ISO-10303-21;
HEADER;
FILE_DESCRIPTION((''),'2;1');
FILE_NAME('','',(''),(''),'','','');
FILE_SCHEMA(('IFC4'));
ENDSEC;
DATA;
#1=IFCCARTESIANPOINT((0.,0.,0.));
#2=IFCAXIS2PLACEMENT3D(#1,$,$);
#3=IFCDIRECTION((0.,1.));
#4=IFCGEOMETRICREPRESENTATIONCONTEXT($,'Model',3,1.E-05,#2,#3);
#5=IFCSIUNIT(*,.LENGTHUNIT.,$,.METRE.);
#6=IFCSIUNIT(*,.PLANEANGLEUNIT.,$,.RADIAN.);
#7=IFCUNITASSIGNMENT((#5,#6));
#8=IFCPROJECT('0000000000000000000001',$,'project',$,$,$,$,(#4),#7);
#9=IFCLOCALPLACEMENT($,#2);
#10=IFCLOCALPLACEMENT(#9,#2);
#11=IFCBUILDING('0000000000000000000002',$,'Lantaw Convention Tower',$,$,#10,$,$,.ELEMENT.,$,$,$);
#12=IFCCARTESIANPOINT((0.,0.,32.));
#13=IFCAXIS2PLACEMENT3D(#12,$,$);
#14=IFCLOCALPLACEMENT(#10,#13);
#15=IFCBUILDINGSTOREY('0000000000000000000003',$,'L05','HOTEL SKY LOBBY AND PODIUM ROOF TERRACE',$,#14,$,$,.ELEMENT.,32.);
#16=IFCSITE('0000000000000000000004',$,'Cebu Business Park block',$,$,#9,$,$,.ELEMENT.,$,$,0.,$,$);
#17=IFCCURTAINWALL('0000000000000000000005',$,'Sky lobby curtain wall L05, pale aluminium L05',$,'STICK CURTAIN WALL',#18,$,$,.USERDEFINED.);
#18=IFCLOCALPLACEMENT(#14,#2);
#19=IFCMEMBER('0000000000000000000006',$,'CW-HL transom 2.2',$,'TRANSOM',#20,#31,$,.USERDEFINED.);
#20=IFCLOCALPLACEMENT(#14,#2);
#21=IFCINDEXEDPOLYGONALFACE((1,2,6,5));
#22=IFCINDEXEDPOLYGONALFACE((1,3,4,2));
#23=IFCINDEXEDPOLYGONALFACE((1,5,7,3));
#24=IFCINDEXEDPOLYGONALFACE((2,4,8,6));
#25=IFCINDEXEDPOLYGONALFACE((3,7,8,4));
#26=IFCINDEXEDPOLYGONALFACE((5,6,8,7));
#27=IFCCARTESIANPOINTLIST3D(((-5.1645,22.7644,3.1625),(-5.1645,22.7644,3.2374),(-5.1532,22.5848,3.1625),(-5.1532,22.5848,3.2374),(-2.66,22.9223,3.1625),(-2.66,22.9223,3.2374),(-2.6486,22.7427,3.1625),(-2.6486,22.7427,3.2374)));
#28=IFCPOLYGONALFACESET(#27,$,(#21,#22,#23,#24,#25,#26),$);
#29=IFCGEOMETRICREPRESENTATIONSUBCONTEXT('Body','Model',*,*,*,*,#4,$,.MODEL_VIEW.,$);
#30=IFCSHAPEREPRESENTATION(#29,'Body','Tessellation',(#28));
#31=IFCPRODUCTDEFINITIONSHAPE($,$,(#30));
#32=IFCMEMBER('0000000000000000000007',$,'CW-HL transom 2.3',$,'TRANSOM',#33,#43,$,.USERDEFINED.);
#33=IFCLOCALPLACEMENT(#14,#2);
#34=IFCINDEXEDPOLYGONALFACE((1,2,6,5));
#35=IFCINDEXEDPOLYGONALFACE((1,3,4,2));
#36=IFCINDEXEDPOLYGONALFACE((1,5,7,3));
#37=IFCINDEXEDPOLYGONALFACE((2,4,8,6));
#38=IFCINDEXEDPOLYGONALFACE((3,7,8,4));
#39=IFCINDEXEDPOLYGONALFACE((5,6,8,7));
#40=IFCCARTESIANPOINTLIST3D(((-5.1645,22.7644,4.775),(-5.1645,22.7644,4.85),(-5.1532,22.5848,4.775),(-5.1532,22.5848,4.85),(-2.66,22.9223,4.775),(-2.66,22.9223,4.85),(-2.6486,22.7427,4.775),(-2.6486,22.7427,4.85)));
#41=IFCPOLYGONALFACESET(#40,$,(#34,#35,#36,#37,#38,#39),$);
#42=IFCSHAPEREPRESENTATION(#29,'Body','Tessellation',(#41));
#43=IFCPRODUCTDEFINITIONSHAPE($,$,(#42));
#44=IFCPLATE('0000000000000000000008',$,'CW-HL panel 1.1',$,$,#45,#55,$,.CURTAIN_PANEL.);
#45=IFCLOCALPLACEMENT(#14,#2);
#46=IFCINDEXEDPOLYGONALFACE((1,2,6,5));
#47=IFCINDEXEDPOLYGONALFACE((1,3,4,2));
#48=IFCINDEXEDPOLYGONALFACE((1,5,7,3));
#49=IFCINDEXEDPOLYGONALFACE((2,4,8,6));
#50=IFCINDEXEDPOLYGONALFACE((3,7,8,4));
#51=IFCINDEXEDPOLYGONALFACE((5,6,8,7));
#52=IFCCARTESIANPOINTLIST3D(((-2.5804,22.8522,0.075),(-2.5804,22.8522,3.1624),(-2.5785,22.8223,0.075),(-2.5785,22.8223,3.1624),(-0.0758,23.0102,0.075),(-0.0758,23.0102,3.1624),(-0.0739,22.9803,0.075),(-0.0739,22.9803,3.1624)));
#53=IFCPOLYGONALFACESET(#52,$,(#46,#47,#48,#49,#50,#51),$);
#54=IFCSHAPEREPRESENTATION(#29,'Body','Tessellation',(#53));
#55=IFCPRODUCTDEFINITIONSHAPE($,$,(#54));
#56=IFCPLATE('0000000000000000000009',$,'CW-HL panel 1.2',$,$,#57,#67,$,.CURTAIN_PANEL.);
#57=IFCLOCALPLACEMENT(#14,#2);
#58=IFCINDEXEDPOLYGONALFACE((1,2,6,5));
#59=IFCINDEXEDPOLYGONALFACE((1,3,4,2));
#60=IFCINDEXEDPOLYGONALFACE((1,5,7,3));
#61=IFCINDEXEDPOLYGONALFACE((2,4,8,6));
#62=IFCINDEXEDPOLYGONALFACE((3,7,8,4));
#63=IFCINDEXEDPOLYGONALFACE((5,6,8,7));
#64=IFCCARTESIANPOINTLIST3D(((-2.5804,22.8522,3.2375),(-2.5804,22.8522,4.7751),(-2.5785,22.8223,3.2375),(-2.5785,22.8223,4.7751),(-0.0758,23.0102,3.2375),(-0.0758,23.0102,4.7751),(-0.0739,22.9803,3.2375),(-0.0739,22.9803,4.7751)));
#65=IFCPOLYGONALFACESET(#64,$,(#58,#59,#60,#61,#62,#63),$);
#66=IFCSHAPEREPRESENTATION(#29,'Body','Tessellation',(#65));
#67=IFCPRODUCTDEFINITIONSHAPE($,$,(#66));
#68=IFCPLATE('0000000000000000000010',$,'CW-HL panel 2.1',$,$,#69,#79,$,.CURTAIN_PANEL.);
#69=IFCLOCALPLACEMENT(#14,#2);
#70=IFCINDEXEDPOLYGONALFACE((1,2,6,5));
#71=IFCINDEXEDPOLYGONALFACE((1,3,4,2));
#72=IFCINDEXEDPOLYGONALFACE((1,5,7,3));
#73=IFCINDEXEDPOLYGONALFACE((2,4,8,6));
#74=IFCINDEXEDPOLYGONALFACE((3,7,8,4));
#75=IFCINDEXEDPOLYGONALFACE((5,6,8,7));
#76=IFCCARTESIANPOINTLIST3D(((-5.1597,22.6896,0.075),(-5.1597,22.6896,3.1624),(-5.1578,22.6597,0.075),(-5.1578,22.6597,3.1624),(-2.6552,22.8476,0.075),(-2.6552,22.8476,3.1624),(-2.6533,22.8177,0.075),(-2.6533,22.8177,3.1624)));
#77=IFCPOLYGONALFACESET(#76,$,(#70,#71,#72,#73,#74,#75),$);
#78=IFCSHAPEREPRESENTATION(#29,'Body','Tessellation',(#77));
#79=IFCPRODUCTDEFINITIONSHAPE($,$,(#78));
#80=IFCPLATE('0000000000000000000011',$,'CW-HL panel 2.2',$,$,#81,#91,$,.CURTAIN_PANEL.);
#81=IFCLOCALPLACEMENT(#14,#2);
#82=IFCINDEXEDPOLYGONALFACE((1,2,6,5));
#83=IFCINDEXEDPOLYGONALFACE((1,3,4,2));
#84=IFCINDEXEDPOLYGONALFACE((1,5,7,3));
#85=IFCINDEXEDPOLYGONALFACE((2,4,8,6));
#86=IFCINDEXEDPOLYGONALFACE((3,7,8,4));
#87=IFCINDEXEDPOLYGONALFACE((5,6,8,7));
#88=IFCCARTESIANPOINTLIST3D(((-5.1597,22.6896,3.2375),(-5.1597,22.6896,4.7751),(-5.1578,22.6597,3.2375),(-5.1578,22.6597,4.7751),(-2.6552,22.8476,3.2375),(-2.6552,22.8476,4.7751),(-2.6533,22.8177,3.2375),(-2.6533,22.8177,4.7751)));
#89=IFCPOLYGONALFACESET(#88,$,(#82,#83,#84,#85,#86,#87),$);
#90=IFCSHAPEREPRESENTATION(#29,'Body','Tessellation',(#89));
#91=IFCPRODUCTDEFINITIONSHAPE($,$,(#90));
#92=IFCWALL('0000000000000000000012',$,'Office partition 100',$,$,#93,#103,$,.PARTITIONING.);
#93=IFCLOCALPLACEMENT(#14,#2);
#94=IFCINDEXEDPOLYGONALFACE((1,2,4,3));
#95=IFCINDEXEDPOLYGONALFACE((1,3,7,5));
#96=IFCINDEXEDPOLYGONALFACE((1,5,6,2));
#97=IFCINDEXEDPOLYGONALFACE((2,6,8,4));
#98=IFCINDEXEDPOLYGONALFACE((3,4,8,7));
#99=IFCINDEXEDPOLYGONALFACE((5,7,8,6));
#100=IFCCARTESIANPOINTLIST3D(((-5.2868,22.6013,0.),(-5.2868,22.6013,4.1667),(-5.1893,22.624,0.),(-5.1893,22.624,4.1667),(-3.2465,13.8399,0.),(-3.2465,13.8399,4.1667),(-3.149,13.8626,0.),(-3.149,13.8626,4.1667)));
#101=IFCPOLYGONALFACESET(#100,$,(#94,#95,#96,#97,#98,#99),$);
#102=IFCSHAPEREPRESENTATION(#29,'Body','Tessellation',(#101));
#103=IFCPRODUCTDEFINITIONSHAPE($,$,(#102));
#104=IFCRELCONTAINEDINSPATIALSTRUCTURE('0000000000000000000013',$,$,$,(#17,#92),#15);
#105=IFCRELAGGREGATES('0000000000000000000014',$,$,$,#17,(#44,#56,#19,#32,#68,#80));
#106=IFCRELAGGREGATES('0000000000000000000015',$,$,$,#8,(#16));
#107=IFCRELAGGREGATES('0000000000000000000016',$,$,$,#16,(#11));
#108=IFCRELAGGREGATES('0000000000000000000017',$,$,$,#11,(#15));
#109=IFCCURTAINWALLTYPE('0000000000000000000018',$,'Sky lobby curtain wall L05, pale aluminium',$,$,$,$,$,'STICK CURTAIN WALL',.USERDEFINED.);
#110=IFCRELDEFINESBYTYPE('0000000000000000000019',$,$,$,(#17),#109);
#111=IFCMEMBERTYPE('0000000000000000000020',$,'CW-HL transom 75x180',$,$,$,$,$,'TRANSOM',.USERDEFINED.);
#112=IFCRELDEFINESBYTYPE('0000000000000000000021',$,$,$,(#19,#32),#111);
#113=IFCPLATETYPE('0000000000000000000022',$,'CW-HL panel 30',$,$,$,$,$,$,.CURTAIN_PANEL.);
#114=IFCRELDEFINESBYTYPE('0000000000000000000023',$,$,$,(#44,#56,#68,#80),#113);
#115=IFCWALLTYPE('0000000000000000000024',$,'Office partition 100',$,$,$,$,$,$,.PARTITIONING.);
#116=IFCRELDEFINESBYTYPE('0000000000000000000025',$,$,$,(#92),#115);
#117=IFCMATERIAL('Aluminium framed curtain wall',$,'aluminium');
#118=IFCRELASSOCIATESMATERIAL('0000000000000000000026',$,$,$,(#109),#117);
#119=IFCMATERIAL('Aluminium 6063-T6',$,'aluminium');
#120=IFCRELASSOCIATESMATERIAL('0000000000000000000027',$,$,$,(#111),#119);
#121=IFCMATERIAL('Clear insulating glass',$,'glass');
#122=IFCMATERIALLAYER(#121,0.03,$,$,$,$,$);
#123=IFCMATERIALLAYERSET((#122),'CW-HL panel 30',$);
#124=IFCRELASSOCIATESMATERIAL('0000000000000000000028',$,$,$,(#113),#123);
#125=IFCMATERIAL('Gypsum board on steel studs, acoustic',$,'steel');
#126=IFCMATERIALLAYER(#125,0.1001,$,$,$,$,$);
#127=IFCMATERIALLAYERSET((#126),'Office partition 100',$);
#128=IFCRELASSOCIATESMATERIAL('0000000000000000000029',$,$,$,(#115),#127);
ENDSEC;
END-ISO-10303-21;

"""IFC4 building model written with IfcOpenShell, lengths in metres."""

from ifc_helpers import new_model, si_unit, direction, frame, frame_2d, origin, origin_2d, place, context, subcontext, project, spatial, rectangle, extrude, material, layer, layer_set, material_profile, profile_set, type_object, element, aggregate, save


model = new_model("IFC4")

# Units and contexts
model_context = context("Model", 3, precision=1e-05, world=origin(), true_north=direction((0.0, 1.0)))
body_context = subcontext(model_context, "Body", "Model", "MODEL_VIEW")
ifc_project = project(units=[si_unit("LENGTHUNIT", "METRE"), si_unit("PLANEANGLEUNIT", "RADIAN")], contexts=[model_context])

# Site, building, storey
site_placement = place(None, origin())
site = spatial("IfcSite", under=ifc_project, at=site_placement, Name="Cebu Business Park block", CompositionType="ELEMENT", RefElevation=0.0)
building_placement = place(site_placement, origin())
building = spatial("IfcBuilding", under=site, at=building_placement, Name="Lantaw Convention Tower", CompositionType="ELEMENT")
storey_placement = place(building_placement, frame((0.0, 0.0, 32.0)))
storey = spatial("IfcBuildingStorey", under=building, at=storey_placement, Name="L05", Description="HOTEL SKY LOBBY AND PODIUM ROOF TERRACE", CompositionType="ELEMENT", Elevation=32.0)

# Curtain wall, members, plates
ifc_material_1 = material(Name="Aluminium framed curtain wall", Category="aluminium")
curtain_wall_type = type_object("IfcCurtainWallType", Name="Sky lobby curtain wall L05, pale aluminium", ElementType="STICK CURTAIN WALL", PredefinedType="USERDEFINED", material=ifc_material_1)
curtain_wall_placement = place(storey_placement, origin())
curtain_wall = element("IfcCurtainWall", 1, at=curtain_wall_placement, inside=storey, type_object=curtain_wall_type, Name="Sky lobby curtain wall L05, pale aluminium L05", ObjectType="STICK CURTAIN WALL", PredefinedType="USERDEFINED")
ifc_material_2 = material(Name="Aluminium 6063-T6", Category="aluminium")
ifc_material_profile_1 = material_profile(ifc_material_2, rectangle(XDim=0.1799, YDim=0.075, at=origin_2d()), Name="CW-HL transom 75x180")
ifc_profile_set_1 = profile_set([ifc_material_profile_1], Name="Aluminium 6063-T6")
member_type_1 = type_object("IfcMemberType", Name="CW-HL transom 75x180", ElementType="TRANSOM", PredefinedType="USERDEFINED", material=ifc_profile_set_1)
member_1_placement = place(storey_placement, frame((-2.6543, 22.8325, 3.2), z_axis=(-0.998017, -0.062942, 0.0), x_axis=(0.062942, -0.998017, 0.0)))
member_1 = element("IfcMember", 2, at=member_1_placement, type_object=member_type_1, Name="CW-HL transom 2.2", ObjectType="TRANSOM", PredefinedType="USERDEFINED", context=body_context, shape_type="SweptSolid", body=[
    extrude(rectangle(XDim=0.1799, YDim=0.075, at=origin_2d()), origin(), (0.0, 0.0, 1.0), 2.5095),
])
member_2_placement = place(storey_placement, frame((-2.6543, 22.8325, 4.8125), z_axis=(-0.998017, -0.062942, 0.0), x_axis=(0.062942, -0.998017, 0.0)))
member_2 = element("IfcMember", 3, at=member_2_placement, type_object=member_type_1, Name="CW-HL transom 2.3", ObjectType="TRANSOM", PredefinedType="USERDEFINED", context=body_context, shape_type="SweptSolid", body=[
    extrude(rectangle(XDim=0.1799, YDim=0.075, at=origin_2d()), origin(), (0.0, 0.0, 1.0), 2.5095),
])
ifc_material_3 = material(Name="Clear insulating glass", Category="glass")
ifc_layer_1 = layer(ifc_material_3, 0.03)
ifc_layer_set_1 = layer_set([ifc_layer_1], Name="CW-HL panel 30")
plate_type = type_object("IfcPlateType", Name="CW-HL panel 30", PredefinedType="CURTAIN_PANEL", material=ifc_layer_set_1)
plate_1_placement = place(storey_placement, frame((-1.3271, 22.9163, 0.075), z_axis=(0.0, 0.0, 1.0), x_axis=(-0.998016, -0.062958, 0.0)))
plate_1 = element("IfcPlate", 4, at=plate_1_placement, type_object=plate_type, Name="CW-HL panel 1.1", PredefinedType="CURTAIN_PANEL", context=body_context, shape_type="SweptSolid", body=[
    extrude(rectangle(XDim=2.5095, YDim=0.03, at=origin_2d()), origin(), (0.0, 0.0, 1.0), 3.0874),
])
plate_2_placement = place(storey_placement, frame((-1.3271, 22.9163, 3.2375), z_axis=(0.0, 0.0, 1.0), x_axis=(-0.998016, -0.062958, 0.0)))
plate_2 = element("IfcPlate", 5, at=plate_2_placement, type_object=plate_type, Name="CW-HL panel 1.2", PredefinedType="CURTAIN_PANEL", context=body_context, shape_type="SweptSolid", body=[
    extrude(rectangle(XDim=2.5095, YDim=0.03, at=origin_2d()), origin(), (0.0, 0.0, 1.0), 1.5376),
])
plate_3_placement = place(storey_placement, frame((-3.9065, 22.7537, 0.075), z_axis=(0.0, 0.0, 1.0), x_axis=(-0.998016, -0.062958, 0.0)))
plate_3 = element("IfcPlate", 6, at=plate_3_placement, type_object=plate_type, Name="CW-HL panel 2.1", PredefinedType="CURTAIN_PANEL", context=body_context, shape_type="SweptSolid", body=[
    extrude(rectangle(XDim=2.5095, YDim=0.03, at=origin_2d()), origin(), (0.0, 0.0, 1.0), 3.0874),
])
plate_4_placement = place(storey_placement, frame((-3.9065, 22.7537, 3.2375), z_axis=(0.0, 0.0, 1.0), x_axis=(-0.998016, -0.062958, 0.0)))
plate_4 = element("IfcPlate", 7, at=plate_4_placement, type_object=plate_type, Name="CW-HL panel 2.2", PredefinedType="CURTAIN_PANEL", context=body_context, shape_type="SweptSolid", body=[
    extrude(rectangle(XDim=2.5095, YDim=0.03, at=origin_2d()), origin(), (0.0, 0.0, 1.0), 1.5376),
])
aggregate(curtain_wall, [plate_1, plate_2, member_1, member_2, plate_3, plate_4])

# Wall
ifc_material_4 = material(Name="Gypsum board on steel studs, acoustic", Category="steel")
ifc_layer_2 = layer(ifc_material_4, 0.1001)
ifc_layer_set_2 = layer_set([ifc_layer_2], Name="Office partition 100")
wall_type = type_object("IfcWallType", Name="Office partition 100", PredefinedType="PARTITIONING", material=ifc_layer_set_2)
wall_placement = place(storey_placement, frame((-5.238, 22.6128, 0.0), z_axis=(0.0, 0.0, 1.0), x_axis=(0.226801, -0.973941, 0.0)))
element("IfcWall", 8, at=wall_placement, inside=storey, type_object=wall_type, Name="Office partition 100", PredefinedType="PARTITIONING", context=body_context, shape_type="SweptSolid", body=[
    extrude(rectangle(XDim=8.9958, YDim=0.1001, at=frame_2d((4.498, 0.0))), origin(), (0.0, 0.0, 1.0), 4.1667),
])

save(model, "model.ifc")
